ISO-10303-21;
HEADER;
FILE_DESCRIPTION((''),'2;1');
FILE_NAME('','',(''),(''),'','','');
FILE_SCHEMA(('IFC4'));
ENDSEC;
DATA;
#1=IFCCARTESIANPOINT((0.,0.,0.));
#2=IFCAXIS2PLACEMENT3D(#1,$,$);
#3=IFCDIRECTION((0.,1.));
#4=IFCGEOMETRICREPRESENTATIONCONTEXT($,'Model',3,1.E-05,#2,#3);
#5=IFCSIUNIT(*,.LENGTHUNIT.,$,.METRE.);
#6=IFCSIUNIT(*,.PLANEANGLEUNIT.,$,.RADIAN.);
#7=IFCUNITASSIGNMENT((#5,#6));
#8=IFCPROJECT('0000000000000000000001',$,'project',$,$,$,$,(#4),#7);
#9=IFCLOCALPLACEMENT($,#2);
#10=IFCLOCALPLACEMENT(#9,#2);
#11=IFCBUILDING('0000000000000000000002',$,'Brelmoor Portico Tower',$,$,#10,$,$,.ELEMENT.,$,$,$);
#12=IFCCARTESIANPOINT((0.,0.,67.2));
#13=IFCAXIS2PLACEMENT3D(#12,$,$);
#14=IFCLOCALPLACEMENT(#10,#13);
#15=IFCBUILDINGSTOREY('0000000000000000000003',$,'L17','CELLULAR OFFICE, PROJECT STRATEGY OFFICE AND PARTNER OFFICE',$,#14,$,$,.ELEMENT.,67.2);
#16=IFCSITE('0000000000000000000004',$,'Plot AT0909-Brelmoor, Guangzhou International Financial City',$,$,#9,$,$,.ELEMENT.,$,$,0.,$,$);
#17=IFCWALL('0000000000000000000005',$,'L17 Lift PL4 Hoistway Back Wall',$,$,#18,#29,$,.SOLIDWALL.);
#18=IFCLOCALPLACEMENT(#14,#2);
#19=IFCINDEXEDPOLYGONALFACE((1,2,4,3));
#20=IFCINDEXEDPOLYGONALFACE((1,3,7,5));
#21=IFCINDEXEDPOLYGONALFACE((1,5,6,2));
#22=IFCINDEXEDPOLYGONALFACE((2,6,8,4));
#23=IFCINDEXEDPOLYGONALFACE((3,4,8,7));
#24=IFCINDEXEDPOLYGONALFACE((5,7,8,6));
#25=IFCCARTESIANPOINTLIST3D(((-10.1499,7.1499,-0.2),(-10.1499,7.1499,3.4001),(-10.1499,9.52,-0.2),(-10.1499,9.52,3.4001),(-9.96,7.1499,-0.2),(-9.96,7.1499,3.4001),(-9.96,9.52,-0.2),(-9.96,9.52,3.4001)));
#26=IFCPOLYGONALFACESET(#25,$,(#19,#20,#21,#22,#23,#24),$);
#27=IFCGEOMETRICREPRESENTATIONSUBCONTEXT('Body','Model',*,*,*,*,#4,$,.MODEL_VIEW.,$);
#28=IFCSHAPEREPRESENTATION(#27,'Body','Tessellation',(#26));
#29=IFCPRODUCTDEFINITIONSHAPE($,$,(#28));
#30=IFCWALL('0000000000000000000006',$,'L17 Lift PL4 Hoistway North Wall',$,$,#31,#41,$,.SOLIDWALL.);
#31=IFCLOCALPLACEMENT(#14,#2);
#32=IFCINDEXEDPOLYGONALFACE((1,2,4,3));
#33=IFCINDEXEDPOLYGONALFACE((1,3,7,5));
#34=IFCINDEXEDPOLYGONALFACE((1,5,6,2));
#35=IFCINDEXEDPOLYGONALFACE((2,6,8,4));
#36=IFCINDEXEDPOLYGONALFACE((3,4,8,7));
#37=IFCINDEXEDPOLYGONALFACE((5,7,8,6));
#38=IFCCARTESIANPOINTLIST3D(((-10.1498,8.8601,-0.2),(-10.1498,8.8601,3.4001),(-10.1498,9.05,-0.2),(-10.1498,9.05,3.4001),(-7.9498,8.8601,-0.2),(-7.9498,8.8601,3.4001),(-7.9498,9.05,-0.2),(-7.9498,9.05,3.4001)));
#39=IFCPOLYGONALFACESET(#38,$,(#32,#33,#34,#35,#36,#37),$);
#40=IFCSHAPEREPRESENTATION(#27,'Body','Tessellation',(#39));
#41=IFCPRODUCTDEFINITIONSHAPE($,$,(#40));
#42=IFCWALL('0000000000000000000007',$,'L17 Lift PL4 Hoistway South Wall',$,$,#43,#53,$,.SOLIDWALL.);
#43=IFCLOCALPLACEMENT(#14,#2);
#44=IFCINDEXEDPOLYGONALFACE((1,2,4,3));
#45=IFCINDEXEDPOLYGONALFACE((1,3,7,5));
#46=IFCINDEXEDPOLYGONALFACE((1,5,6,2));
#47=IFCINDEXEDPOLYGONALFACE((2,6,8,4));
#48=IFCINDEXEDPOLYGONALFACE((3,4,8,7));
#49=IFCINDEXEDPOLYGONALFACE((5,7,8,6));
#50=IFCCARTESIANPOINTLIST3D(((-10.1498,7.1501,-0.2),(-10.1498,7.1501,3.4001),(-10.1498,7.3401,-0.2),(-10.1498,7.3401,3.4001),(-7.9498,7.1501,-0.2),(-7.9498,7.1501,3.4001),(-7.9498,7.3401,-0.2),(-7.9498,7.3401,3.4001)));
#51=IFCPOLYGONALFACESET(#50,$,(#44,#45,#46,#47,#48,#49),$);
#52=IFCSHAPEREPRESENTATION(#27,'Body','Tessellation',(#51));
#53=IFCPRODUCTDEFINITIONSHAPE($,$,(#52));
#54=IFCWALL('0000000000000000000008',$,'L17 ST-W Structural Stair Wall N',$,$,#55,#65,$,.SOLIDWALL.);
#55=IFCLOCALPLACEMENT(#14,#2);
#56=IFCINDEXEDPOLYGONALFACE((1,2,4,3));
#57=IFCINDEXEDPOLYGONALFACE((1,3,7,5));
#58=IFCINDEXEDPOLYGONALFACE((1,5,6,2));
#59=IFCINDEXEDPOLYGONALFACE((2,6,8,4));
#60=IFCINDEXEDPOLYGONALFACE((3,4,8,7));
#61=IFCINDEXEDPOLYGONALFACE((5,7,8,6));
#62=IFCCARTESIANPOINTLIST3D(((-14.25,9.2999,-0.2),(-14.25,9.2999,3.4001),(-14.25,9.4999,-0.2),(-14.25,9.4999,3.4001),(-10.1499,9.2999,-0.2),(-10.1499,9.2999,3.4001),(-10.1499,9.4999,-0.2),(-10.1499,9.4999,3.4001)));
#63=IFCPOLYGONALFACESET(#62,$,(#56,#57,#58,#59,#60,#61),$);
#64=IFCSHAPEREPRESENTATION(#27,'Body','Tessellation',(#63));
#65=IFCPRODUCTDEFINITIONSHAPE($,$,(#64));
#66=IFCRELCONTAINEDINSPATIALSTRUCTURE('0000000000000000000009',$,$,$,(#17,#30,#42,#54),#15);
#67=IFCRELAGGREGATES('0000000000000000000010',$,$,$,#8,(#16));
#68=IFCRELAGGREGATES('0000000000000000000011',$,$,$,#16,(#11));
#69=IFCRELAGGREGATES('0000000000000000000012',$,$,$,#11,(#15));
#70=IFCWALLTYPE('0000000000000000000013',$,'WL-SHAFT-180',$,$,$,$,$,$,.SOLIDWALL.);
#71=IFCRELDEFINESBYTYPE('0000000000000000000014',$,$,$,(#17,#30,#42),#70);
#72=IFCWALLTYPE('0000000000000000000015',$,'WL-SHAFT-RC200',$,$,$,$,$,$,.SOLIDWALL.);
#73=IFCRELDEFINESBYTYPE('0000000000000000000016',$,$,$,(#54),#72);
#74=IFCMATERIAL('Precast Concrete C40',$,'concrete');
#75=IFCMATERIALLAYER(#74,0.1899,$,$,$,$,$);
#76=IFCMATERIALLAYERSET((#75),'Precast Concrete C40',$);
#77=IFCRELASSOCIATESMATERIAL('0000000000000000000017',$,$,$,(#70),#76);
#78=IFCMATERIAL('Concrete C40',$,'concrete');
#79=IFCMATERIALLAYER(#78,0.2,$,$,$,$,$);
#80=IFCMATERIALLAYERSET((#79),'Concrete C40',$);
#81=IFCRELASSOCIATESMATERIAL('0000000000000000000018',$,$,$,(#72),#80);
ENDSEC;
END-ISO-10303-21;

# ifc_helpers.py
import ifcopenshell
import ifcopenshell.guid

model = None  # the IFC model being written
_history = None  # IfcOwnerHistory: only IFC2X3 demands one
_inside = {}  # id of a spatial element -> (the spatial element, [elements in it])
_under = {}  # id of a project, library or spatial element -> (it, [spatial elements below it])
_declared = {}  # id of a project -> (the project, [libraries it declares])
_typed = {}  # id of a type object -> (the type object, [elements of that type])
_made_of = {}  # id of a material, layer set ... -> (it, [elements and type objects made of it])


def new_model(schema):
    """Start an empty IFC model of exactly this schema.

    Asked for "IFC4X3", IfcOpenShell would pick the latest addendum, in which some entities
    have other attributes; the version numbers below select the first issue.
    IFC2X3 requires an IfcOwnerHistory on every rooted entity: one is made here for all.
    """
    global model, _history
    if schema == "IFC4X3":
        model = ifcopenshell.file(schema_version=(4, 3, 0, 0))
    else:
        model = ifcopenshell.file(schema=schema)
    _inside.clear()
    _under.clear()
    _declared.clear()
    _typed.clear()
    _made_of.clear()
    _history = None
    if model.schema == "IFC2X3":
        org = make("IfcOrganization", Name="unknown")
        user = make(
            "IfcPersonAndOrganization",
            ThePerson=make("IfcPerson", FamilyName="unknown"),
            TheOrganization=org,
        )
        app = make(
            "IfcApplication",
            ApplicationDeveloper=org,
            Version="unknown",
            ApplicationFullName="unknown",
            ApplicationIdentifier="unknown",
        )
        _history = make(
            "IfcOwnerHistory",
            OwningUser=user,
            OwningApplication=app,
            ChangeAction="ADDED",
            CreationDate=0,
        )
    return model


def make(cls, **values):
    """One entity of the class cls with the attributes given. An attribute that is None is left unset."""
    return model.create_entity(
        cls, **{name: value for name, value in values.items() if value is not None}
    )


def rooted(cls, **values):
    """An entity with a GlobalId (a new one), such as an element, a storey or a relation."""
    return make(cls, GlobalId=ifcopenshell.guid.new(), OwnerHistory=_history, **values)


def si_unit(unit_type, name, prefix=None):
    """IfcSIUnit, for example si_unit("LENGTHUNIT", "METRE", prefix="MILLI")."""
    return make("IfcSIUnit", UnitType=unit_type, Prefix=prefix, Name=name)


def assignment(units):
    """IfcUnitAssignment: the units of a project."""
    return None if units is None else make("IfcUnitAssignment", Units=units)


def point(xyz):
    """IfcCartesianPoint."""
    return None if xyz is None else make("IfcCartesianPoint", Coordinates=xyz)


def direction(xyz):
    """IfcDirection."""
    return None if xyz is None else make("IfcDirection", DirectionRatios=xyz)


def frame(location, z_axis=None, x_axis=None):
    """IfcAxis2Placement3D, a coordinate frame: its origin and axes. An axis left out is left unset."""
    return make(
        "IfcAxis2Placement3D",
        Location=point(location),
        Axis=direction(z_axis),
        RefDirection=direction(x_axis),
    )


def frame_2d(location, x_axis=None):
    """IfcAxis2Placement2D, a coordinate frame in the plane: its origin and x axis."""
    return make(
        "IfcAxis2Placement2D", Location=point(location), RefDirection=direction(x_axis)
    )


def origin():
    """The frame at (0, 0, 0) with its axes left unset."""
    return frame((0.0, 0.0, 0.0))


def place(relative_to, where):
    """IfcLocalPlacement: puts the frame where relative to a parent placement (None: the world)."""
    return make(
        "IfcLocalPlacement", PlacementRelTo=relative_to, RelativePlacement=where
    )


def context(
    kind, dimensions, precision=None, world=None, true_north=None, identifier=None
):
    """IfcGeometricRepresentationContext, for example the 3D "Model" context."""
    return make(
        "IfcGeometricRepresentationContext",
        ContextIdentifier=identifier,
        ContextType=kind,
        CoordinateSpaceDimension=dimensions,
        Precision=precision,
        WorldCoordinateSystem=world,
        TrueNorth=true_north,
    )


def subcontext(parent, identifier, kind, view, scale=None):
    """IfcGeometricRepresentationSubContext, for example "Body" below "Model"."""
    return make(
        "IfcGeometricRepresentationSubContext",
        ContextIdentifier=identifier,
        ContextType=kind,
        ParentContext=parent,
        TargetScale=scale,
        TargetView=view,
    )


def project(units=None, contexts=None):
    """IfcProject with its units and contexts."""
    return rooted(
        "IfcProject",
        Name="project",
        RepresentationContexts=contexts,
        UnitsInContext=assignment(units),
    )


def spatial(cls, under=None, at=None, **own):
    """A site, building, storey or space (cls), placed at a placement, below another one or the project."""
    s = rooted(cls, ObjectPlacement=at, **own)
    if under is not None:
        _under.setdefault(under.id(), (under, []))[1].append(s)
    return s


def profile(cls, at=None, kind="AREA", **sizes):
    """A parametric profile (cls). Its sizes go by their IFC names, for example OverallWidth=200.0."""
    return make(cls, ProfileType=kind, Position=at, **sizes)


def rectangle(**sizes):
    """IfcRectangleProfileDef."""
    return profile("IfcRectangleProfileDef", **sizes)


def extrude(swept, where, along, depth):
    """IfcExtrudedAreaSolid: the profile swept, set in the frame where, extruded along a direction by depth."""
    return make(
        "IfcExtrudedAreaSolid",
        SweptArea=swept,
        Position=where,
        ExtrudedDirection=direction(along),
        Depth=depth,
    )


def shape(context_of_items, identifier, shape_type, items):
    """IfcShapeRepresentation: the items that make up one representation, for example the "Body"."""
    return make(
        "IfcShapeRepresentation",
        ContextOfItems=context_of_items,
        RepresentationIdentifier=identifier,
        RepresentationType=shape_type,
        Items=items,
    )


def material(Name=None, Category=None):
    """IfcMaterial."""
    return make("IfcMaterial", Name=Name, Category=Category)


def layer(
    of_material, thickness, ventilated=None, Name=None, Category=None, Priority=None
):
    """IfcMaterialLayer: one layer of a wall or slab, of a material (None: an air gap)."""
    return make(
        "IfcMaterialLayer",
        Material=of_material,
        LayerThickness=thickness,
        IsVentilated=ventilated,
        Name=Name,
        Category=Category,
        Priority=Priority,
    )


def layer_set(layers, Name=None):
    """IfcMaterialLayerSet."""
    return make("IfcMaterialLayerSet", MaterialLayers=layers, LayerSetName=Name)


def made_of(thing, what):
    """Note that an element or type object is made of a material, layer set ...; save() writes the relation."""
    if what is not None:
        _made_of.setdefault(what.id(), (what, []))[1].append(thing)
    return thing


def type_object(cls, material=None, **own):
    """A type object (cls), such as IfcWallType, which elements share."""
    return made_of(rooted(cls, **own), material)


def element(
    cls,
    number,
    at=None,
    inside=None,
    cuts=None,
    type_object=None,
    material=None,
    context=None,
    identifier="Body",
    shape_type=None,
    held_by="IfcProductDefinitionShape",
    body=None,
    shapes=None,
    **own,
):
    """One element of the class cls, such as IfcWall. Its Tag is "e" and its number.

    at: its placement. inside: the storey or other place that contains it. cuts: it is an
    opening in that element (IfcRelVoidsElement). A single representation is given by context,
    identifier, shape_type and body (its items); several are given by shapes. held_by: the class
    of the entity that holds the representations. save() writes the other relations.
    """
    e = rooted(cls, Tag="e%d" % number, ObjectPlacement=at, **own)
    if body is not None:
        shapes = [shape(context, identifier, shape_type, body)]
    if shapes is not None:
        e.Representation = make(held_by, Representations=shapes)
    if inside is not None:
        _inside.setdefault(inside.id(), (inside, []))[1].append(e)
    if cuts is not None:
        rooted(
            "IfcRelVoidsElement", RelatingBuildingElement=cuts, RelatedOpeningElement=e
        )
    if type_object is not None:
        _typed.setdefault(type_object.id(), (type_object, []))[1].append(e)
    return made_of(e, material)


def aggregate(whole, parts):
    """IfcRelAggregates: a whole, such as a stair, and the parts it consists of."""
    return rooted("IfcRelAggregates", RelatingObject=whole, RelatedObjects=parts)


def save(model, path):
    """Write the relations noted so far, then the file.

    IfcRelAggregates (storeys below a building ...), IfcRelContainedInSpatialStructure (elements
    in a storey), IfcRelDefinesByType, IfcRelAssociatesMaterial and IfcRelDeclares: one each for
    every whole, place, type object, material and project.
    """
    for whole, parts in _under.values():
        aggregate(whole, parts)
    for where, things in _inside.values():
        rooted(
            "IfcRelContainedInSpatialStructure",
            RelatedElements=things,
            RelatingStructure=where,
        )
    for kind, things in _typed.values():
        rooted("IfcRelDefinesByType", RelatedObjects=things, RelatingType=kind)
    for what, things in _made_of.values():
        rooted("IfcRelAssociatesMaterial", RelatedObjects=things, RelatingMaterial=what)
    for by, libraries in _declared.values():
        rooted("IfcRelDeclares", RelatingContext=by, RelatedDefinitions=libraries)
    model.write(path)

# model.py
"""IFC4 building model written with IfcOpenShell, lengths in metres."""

from ifc_helpers import new_model, si_unit, direction, frame, frame_2d, origin, place, context, subcontext, project, spatial, rectangle, extrude, material, layer, layer_set, type_object, element, save


model = new_model("IFC4")

# Units and contexts
model_context = context("Model", 3, precision=1e-05, world=origin(), true_north=direction((0.0, 1.0)))
body_context = subcontext(model_context, "Body", "Model", "MODEL_VIEW")
ifc_project = project(units=[si_unit("LENGTHUNIT", "METRE"), si_unit("PLANEANGLEUNIT", "RADIAN")], contexts=[model_context])

# Site, building, storey
site_placement = place(None, origin())
site = spatial("IfcSite", under=ifc_project, at=site_placement, Name="Plot AT0909-Brelmoor, Guangzhou International Financial City", CompositionType="ELEMENT", RefElevation=0.0)
building_placement = place(site_placement, origin())
building = spatial("IfcBuilding", under=site, at=building_placement, Name="Brelmoor Portico Tower", CompositionType="ELEMENT")
storey_placement = place(building_placement, frame((0.0, 0.0, 67.2)))
storey = spatial("IfcBuildingStorey", under=building, at=storey_placement, Name="L17", Description="CELLULAR OFFICE, PROJECT STRATEGY OFFICE AND PARTNER OFFICE", CompositionType="ELEMENT", Elevation=67.2)

# Shared definitions
ifc_material_1 = material(Name="Precast Concrete C40", Category="concrete")
ifc_layer_1 = layer(ifc_material_1, 0.1899)
ifc_layer_set_1 = layer_set([ifc_layer_1], Name="Precast Concrete C40")
wall_type_1 = type_object("IfcWallType", Name="WL-SHAFT-180", PredefinedType="SOLIDWALL", material=ifc_layer_set_1)

# Walls
wall_1_placement = place(storey_placement, frame((-10.0549, 7.1499, -0.2), z_axis=(0.0, 0.0, 1.0), x_axis=(0.0, 1.0, 0.0)))
element("IfcWall", 1, at=wall_1_placement, inside=storey, type_object=wall_type_1, Name="L17 Lift PL4 Hoistway Back Wall", PredefinedType="SOLIDWALL", context=body_context, shape_type="SweptSolid", body=[
    extrude(rectangle(XDim=2.3701, YDim=0.1899, at=frame_2d((1.1851, 0.0))), origin(), (0.0, 0.0, 1.0), 3.6001),
])
for number, where, z_axis, x_axis, name in (
    (2, (-10.1499, 8.9551, -0.2), (0.0, 0.0, 1.0), (1.0, 0.0, 0.0), "L17 Lift PL4 Hoistway North Wall"),
    (3, (-10.1499, 7.2451, -0.2), (0.0, 0.0, 1.0), (1.0, 0.0, 0.0), "L17 Lift PL4 Hoistway South Wall"),
):
    element("IfcWall", number, at=place(storey_placement, frame(where, z_axis=z_axis, x_axis=x_axis)), inside=storey, type_object=wall_type_1, Name=name, PredefinedType="SOLIDWALL", context=body_context, shape_type="SweptSolid", body=[
        extrude(rectangle(XDim=2.2, YDim=0.1899, at=frame_2d((1.1001, 0.0))), origin(), (0.0, 0.0, 1.0), 3.6001),
    ])
ifc_material_2 = material(Name="Concrete C40", Category="concrete")
ifc_layer_2 = layer(ifc_material_2, 0.2)
ifc_layer_set_2 = layer_set([ifc_layer_2], Name="Concrete C40")
wall_type_2 = type_object("IfcWallType", Name="WL-SHAFT-RC200", PredefinedType="SOLIDWALL", material=ifc_layer_set_2)
wall_2_placement = place(storey_placement, frame((-14.25, 9.3999, -0.2), z_axis=(0.0, 0.0, 1.0), x_axis=(1.0, 0.0, 0.0)))
element("IfcWall", 4, at=wall_2_placement, inside=storey, type_object=wall_type_2, Name="L17 ST-W Structural Stair Wall N", PredefinedType="SOLIDWALL", context=body_context, shape_type="SweptSolid", body=[
    extrude(rectangle(XDim=4.1001, YDim=0.2, at=frame_2d((2.05, 0.0))), origin(), (0.0, 0.0, 1.0), 3.6001),
])

save(model, "model.ifc")
